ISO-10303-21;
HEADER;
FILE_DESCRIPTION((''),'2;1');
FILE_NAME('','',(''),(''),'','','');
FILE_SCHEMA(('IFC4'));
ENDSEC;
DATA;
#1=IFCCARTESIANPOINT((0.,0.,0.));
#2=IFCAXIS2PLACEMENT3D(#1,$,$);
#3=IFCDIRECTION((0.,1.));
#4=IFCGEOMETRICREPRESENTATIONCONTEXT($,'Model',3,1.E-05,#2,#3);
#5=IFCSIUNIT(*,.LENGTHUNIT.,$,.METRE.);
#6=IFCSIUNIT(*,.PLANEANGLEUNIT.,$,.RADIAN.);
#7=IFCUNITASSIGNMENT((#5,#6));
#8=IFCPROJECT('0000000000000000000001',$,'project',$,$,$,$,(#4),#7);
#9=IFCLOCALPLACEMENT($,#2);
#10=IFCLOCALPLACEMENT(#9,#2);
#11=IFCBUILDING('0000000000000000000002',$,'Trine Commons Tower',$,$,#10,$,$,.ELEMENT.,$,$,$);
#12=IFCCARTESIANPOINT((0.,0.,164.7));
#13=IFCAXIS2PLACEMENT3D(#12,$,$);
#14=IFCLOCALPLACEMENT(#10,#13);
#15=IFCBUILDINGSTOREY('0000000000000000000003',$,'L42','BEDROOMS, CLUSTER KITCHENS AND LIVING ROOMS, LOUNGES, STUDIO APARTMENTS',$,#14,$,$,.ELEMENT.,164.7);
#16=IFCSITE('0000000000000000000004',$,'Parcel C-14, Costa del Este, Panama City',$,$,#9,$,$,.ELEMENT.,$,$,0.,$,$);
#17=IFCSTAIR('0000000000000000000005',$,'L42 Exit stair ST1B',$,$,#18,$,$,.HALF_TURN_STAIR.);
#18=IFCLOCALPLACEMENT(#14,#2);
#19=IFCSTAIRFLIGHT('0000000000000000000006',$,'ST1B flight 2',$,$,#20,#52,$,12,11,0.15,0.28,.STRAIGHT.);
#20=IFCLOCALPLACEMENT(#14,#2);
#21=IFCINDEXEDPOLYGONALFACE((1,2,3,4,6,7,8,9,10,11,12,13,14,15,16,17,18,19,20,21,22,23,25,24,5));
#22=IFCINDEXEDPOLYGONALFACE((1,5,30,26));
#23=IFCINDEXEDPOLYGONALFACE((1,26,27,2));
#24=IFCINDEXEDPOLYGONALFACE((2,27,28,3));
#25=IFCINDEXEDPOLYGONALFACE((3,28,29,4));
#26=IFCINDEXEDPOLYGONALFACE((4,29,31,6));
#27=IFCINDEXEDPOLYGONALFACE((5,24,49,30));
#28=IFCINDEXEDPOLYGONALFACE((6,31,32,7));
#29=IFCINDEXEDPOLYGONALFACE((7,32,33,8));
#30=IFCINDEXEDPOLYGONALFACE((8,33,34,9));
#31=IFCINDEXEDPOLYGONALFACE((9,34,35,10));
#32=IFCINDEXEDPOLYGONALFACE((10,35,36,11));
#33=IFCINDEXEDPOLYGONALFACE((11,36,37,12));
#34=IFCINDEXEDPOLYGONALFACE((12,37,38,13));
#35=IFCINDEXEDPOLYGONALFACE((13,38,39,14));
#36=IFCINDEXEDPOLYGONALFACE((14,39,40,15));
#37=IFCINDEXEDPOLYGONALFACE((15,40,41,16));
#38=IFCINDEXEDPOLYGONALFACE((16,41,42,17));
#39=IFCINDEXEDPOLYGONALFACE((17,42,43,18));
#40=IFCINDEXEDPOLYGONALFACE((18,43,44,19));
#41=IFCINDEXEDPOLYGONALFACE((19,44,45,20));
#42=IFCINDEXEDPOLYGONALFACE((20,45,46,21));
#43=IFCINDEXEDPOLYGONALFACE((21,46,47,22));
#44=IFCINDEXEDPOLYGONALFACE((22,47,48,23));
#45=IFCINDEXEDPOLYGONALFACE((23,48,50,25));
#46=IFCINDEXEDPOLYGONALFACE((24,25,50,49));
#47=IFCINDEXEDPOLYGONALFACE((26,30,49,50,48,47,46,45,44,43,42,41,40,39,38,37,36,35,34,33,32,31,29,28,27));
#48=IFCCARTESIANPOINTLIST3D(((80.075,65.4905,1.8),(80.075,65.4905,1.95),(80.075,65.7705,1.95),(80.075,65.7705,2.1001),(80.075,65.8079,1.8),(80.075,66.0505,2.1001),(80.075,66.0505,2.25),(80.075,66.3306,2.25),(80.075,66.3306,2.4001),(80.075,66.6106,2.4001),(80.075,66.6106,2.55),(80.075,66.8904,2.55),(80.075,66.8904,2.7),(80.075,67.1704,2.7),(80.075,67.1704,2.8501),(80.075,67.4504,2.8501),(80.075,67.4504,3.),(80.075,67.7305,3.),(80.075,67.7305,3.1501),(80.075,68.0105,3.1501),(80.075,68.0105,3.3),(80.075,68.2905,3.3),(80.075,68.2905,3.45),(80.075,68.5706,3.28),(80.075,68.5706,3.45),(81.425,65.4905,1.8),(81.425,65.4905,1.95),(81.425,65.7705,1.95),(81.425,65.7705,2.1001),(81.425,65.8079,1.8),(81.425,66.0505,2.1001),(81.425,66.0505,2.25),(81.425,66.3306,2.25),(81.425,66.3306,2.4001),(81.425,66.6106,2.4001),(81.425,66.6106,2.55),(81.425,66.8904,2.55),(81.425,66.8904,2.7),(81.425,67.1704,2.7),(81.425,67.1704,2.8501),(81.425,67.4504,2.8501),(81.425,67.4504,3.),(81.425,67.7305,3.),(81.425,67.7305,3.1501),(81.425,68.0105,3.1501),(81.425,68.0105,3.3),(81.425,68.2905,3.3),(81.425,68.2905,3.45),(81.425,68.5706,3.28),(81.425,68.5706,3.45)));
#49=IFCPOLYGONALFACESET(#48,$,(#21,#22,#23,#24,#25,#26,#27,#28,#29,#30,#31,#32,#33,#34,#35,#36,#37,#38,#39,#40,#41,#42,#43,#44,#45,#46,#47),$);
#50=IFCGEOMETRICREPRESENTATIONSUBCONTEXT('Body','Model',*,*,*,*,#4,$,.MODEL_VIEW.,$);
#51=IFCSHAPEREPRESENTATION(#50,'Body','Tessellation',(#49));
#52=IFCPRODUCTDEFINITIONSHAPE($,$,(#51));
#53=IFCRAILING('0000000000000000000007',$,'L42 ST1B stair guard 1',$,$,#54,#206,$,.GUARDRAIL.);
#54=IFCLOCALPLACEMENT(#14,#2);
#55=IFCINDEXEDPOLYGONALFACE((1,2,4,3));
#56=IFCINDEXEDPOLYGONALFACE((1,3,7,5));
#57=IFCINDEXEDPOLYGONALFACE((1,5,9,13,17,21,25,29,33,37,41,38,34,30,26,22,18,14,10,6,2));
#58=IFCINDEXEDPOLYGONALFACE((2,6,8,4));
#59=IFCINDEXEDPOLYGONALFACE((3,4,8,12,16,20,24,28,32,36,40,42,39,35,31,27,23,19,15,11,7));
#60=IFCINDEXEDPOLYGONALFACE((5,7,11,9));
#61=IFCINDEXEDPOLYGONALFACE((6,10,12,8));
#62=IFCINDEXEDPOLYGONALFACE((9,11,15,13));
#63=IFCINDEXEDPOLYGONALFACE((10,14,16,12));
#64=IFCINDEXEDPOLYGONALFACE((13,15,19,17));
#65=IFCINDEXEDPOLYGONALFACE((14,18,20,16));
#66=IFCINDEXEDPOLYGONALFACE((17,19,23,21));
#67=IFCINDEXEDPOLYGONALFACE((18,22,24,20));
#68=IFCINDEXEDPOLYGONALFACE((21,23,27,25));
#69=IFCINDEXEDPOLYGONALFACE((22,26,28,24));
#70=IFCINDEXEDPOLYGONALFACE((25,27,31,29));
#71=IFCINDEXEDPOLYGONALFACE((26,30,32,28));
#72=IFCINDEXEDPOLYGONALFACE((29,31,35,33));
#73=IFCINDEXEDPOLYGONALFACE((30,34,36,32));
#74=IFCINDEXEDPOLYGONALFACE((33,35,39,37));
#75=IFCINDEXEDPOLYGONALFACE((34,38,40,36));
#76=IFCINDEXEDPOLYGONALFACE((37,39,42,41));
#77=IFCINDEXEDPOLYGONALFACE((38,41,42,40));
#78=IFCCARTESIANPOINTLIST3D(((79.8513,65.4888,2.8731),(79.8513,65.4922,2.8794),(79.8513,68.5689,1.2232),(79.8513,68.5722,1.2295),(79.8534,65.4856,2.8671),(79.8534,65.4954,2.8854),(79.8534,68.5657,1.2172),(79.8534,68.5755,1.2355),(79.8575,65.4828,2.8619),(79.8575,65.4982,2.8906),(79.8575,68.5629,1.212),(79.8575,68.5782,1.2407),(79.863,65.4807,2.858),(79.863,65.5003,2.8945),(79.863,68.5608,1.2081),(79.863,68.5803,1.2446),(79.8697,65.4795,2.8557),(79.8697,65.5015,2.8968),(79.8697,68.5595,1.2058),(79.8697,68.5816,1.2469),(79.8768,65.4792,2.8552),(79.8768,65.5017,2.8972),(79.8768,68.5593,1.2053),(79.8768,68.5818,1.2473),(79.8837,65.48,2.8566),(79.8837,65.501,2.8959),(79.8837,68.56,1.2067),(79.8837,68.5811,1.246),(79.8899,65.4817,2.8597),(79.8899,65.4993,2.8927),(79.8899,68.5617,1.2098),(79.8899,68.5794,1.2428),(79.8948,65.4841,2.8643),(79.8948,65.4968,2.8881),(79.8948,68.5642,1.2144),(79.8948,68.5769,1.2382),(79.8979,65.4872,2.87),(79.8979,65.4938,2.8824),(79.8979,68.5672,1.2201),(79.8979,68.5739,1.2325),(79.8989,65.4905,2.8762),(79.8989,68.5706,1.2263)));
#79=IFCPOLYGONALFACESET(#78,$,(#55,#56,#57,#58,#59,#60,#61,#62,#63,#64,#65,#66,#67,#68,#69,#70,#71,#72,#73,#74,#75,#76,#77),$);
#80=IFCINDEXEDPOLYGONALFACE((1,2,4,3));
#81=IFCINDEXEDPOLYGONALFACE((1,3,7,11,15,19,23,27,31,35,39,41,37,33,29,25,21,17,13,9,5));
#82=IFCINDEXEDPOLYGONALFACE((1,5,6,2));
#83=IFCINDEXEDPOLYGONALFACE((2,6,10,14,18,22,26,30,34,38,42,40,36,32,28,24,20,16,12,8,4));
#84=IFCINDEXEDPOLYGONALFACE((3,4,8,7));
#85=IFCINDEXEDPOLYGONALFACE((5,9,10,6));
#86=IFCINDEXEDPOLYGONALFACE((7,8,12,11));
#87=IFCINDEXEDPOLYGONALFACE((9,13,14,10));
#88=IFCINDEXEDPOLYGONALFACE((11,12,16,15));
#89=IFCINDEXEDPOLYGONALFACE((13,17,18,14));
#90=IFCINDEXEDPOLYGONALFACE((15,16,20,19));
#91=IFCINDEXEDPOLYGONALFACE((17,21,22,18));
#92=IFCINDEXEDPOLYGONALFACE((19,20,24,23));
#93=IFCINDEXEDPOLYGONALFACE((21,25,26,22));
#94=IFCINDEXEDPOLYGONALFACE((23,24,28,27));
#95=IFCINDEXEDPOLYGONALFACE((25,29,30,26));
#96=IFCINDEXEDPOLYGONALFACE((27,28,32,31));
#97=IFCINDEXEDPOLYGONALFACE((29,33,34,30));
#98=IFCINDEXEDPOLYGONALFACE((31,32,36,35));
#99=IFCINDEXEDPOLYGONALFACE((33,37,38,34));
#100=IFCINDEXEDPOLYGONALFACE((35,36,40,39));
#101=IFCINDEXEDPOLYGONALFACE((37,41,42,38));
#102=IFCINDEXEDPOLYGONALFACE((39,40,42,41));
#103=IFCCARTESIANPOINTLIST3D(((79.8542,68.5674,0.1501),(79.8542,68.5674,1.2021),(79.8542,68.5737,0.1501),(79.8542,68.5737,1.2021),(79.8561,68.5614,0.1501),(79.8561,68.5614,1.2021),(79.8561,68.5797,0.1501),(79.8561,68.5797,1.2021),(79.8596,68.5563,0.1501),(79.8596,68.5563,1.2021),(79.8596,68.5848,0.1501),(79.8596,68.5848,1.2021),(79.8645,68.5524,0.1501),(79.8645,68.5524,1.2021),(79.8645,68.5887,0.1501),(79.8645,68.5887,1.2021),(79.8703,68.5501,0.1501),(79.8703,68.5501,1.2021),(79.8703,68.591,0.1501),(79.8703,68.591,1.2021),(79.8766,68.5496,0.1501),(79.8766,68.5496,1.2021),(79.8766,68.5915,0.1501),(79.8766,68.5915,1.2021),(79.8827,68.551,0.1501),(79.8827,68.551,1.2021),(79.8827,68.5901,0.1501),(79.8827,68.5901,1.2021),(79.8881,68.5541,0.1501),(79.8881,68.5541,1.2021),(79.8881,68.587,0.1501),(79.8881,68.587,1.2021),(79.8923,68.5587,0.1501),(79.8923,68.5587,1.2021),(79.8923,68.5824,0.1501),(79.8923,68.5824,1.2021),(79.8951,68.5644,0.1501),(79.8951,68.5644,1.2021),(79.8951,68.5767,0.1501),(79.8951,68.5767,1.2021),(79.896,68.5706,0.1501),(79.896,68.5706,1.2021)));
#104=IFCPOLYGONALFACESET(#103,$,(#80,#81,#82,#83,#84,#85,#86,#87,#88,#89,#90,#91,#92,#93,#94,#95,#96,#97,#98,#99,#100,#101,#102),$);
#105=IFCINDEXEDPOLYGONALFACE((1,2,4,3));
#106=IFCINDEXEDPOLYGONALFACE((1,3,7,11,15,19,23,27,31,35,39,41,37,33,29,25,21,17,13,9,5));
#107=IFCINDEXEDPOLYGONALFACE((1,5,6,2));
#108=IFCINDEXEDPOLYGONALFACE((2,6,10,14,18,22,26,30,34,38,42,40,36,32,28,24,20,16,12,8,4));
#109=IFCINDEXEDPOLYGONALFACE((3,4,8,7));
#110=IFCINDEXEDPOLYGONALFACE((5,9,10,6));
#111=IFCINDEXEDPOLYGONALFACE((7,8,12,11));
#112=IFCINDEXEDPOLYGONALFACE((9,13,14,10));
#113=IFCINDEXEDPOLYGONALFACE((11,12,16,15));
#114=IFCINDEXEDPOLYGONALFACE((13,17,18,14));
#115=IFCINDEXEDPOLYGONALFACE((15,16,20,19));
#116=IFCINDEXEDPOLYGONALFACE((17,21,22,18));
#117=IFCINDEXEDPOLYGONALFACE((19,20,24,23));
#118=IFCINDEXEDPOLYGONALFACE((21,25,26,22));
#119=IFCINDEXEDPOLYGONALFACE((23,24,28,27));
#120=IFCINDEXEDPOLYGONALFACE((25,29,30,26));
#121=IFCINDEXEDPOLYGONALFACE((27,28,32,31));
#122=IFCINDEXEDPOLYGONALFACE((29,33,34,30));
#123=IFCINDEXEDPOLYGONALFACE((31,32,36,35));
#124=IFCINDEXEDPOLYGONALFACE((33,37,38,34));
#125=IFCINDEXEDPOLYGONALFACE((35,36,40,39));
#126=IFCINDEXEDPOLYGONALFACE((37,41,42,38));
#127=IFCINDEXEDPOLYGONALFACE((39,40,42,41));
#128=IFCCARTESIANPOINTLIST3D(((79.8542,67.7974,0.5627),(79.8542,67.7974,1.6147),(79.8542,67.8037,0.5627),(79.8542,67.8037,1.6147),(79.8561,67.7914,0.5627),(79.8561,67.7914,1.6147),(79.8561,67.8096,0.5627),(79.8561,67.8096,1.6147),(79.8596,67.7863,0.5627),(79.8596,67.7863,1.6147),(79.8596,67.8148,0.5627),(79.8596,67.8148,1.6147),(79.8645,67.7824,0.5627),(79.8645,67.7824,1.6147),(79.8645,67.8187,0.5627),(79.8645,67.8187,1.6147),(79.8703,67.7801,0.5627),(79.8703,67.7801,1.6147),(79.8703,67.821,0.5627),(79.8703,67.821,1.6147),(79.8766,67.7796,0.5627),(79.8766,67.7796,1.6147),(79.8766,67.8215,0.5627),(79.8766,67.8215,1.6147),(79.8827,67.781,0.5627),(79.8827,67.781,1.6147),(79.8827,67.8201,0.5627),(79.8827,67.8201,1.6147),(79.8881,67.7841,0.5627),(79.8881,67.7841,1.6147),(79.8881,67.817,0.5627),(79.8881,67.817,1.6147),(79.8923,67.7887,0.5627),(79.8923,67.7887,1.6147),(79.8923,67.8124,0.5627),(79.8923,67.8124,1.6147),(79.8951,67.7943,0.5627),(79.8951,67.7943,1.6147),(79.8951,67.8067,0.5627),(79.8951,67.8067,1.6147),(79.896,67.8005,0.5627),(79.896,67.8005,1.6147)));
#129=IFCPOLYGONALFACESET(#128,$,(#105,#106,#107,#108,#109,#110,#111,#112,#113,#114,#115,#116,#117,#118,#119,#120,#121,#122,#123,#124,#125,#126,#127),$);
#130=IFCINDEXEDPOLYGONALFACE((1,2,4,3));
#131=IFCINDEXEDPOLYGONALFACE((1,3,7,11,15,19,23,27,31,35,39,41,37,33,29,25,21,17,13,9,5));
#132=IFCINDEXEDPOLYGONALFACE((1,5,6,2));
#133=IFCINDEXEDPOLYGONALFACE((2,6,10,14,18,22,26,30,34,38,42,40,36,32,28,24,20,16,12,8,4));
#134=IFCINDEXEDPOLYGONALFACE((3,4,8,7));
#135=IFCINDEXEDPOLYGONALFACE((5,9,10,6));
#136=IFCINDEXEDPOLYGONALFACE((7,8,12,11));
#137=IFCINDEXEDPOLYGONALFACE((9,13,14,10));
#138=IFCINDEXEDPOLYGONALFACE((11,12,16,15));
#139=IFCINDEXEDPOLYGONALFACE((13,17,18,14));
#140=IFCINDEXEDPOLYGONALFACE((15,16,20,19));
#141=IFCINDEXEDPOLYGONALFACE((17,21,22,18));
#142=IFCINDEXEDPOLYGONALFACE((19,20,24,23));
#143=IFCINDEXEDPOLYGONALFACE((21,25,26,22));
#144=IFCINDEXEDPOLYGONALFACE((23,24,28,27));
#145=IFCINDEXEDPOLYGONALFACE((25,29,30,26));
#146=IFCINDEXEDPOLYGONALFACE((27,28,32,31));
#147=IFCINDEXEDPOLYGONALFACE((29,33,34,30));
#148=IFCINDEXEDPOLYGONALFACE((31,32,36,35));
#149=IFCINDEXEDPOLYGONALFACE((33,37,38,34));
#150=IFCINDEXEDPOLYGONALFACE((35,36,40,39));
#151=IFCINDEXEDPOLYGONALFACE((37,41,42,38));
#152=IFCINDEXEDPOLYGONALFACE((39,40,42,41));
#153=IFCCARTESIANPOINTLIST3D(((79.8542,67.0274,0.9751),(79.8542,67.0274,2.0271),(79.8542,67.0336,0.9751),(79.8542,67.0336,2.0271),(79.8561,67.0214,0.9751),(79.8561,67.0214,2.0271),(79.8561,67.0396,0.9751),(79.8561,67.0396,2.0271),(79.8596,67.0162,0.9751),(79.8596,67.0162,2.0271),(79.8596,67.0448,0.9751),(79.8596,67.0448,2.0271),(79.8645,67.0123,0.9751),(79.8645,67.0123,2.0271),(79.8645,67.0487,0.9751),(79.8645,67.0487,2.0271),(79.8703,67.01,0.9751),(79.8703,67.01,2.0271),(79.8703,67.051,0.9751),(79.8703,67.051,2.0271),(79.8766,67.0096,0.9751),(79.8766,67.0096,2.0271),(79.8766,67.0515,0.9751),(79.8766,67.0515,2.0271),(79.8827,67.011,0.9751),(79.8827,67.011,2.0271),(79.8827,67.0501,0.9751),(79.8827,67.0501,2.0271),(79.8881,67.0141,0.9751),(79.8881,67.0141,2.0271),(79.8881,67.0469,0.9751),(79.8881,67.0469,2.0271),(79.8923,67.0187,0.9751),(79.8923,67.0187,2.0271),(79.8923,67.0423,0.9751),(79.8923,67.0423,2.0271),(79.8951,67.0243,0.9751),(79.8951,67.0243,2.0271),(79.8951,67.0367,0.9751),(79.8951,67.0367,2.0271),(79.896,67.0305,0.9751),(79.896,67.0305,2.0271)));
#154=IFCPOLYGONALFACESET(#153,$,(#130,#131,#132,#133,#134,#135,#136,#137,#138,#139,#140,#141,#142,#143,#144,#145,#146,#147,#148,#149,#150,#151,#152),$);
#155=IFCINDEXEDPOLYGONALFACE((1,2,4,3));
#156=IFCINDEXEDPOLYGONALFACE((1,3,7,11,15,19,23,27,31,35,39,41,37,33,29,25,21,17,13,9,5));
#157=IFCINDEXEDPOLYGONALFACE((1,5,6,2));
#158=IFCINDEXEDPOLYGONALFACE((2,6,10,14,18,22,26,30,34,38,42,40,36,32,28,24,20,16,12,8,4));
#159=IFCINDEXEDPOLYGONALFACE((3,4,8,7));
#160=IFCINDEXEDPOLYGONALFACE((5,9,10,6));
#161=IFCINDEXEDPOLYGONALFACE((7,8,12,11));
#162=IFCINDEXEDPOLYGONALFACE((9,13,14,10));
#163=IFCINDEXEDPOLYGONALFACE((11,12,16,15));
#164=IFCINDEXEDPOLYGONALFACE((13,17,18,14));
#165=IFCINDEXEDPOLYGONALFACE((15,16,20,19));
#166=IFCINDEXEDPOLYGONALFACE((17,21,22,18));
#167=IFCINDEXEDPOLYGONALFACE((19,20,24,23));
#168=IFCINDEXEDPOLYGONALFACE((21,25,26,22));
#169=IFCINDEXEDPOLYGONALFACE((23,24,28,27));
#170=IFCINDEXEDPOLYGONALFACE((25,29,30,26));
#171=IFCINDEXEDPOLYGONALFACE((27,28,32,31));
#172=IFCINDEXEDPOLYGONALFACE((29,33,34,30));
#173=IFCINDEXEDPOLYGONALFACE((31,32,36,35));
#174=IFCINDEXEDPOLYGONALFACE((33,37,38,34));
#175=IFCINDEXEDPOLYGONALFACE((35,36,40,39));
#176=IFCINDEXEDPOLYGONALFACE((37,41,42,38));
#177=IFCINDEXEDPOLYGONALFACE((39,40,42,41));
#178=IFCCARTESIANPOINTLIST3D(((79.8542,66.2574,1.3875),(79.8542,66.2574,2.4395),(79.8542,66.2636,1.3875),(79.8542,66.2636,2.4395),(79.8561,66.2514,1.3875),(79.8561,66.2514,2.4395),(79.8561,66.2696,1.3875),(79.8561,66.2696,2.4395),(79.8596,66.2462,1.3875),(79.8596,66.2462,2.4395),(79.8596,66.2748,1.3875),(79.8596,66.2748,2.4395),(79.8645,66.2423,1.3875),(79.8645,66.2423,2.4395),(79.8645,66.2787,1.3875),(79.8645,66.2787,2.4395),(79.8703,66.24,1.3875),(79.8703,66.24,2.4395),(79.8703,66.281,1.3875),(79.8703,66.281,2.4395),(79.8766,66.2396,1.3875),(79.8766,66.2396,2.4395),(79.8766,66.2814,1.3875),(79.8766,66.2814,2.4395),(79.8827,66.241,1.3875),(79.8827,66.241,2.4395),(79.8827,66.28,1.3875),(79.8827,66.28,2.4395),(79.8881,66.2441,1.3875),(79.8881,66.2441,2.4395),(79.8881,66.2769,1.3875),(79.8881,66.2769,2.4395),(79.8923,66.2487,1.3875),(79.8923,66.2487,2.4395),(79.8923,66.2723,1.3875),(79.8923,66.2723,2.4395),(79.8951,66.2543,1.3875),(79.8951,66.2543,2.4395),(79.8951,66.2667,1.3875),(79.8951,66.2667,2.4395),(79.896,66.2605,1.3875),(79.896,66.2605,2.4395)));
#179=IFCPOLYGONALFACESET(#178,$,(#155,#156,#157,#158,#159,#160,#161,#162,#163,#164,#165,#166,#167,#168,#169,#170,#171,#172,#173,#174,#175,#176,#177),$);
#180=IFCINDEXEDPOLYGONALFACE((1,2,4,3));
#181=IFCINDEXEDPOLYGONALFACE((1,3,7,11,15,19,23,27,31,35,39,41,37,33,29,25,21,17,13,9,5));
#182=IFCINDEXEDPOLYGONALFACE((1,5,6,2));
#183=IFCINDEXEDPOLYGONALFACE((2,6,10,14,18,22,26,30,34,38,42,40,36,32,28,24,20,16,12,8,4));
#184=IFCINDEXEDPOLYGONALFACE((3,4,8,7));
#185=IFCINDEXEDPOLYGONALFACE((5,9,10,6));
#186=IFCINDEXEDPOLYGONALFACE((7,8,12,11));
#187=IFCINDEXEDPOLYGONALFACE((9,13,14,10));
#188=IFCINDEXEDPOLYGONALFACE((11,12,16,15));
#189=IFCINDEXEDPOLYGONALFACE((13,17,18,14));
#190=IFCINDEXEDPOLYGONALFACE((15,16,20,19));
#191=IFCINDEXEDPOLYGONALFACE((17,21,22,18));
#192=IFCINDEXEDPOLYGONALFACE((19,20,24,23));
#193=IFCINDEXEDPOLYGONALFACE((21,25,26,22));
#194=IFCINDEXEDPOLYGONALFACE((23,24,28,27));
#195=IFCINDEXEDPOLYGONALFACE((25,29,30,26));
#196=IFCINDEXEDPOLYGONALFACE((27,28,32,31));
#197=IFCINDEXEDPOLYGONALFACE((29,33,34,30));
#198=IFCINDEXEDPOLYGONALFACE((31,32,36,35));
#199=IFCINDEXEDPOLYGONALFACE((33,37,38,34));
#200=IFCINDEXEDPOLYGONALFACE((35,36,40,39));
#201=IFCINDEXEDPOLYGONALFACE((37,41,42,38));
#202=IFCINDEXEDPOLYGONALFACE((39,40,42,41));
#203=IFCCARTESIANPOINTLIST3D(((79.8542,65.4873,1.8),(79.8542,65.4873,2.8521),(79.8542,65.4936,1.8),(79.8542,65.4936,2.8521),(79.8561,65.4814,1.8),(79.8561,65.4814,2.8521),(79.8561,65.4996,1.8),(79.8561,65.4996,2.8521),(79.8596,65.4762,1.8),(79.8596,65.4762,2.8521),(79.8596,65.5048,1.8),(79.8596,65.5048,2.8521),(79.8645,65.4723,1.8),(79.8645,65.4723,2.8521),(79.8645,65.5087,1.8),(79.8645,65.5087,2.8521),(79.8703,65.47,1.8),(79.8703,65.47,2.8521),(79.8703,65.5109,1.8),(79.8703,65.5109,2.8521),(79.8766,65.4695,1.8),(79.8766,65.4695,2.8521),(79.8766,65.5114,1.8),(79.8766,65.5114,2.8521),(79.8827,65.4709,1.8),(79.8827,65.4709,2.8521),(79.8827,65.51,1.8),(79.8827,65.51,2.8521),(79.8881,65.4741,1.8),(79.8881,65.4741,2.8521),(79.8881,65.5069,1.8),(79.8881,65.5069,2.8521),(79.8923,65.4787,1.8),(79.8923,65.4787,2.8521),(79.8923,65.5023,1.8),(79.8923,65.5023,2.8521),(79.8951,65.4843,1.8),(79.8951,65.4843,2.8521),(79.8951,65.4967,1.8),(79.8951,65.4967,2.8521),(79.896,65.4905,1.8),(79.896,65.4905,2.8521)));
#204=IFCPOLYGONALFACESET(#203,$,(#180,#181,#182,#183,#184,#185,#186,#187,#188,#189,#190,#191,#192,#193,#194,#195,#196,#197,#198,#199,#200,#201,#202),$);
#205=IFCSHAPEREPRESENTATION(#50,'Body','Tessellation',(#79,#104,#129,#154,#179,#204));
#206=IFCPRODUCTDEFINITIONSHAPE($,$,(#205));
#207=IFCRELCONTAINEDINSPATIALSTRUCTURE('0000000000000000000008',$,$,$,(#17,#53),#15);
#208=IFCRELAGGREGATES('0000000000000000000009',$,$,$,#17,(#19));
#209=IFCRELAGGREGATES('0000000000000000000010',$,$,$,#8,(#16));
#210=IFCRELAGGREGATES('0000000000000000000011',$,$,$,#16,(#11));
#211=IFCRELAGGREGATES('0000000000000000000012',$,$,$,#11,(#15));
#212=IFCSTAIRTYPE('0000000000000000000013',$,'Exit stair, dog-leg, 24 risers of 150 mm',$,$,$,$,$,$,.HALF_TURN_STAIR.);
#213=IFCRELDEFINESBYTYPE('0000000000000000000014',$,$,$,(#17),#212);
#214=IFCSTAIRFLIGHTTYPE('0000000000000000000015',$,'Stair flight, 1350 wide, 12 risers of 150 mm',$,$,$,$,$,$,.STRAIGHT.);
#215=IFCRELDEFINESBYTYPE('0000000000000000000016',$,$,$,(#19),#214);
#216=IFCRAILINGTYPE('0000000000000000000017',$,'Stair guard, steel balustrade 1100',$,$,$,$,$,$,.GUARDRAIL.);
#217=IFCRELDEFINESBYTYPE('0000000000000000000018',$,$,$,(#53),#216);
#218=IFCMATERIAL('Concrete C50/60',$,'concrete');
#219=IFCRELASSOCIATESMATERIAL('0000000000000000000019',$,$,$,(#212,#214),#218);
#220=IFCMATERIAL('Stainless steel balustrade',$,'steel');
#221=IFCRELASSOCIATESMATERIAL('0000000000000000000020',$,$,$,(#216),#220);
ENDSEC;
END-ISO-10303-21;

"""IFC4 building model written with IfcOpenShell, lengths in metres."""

from ifc_helpers import new_model, si_unit, direction, frame, origin, origin_2d, place, context, subcontext, project, spatial, polyline, circle, outline, extrude, material, type_object, element, aggregate, save


model = new_model("IFC4")

# Units and contexts
model_context = context("Model", 3, precision=1e-05, world=origin(), true_north=direction((0.0, 1.0)))
body_context = subcontext(model_context, "Body", "Model", "MODEL_VIEW")
ifc_project = project(units=[si_unit("LENGTHUNIT", "METRE"), si_unit("PLANEANGLEUNIT", "RADIAN")], contexts=[model_context])

# Site, building, storey
site_placement = place(None, origin())
site = spatial("IfcSite", under=ifc_project, at=site_placement, Name="Parcel C-14, Costa del Este, Panama City", CompositionType="ELEMENT", RefElevation=0.0)
building_placement = place(site_placement, origin())
building = spatial("IfcBuilding", under=site, at=building_placement, Name="Trine Commons Tower", CompositionType="ELEMENT")
storey_placement = place(building_placement, frame((0.0, 0.0, 164.7)))
storey = spatial("IfcBuildingStorey", under=building, at=storey_placement, Name="L42", Description="BEDROOMS, CLUSTER KITCHENS AND LIVING ROOMS, LOUNGES, STUDIO APARTMENTS", CompositionType="ELEMENT", Elevation=164.7)

# Stair, stair flight
ifc_material_1 = material(Name="Concrete C50/60", Category="concrete")
stair_type = type_object("IfcStairType", Name="Exit stair, dog-leg, 24 risers of 150 mm", PredefinedType="HALF_TURN_STAIR", material=ifc_material_1)
stair_placement = place(storey_placement, origin())
stair = element("IfcStair", 1, at=stair_placement, inside=storey, type_object=stair_type, Name="L42 Exit stair ST1B", PredefinedType="HALF_TURN_STAIR")
stair_flight_type = type_object("IfcStairFlightType", Name="Stair flight, 1350 wide, 12 risers of 150 mm", PredefinedType="STRAIGHT", material=ifc_material_1)
stair_flight_placement = place(storey_placement, frame((80.75, 65.4905, 1.8), z_axis=(0.0, 0.0, 1.0), x_axis=(0.0, 1.0, 0.0)))
stair_flight = element("IfcStairFlight", 2, at=stair_flight_placement, type_object=stair_flight_type, Name="ST1B flight 2", NumberOfRisers=12, NumberOfTreads=11, PredefinedType="STRAIGHT", RiserHeight=0.15, TreadLength=0.28, context=body_context, shape_type="SweptSolid", body=[
    extrude(outline(polyline([(0.0, 0.0), (0.0, 0.1499), (0.28, 0.1499), (0.28, 0.3), (0.5601, 0.3), (0.5601, 0.45), (0.8401, 0.45), (0.8401, 0.6001), (1.1201, 0.6001), (1.1201, 0.75), (1.3999, 0.75), (1.3999, 0.8999), (1.6799, 0.8999), (1.6799, 1.05), (1.96, 1.05), (1.96, 1.2), (2.24, 1.2), (2.24, 1.3501), (2.52, 1.3501), (2.52, 1.5), (2.8, 1.5), (2.8, 1.6499), (3.0801, 1.6499), (3.0801, 1.8), (3.0801, 1.48), (0.3174, 0.0), (0.0, 0.0)])), frame((0.0, 0.675, 0.0), z_axis=(0.0, -1.0, 0.0), x_axis=(1.0, 0.0, 0.0)), (0.0, 0.0, 1.0), 1.3501),
])
aggregate(stair, [stair_flight])

# Railing
ifc_material_2 = material(Name="Stainless steel balustrade", Category="steel")
railing_type_1 = type_object("IfcRailingType", Name="Stair guard, steel balustrade 1100", PredefinedType="GUARDRAIL", material=ifc_material_2)
railing_1_placement = place(storey_placement, frame((79.875, 68.5706, 0.1501)))
element("IfcRailing", 3, at=railing_1_placement, inside=storey, type_object=railing_type_1, Name="L42 ST1B stair guard 1", PredefinedType="GUARDRAIL", context=body_context, shape_type="SweptSolid", body=[
    extrude(circle(Radius=0.0239, at=origin_2d()), frame((0.0, 0.0, 1.0762), z_axis=(0.0, -0.881497, 0.47219), x_axis=(1.0, 0.0, 0.0)), (0.0, 0.0, 1.0), 3.4941),
    extrude(circle(Radius=0.021, at=origin_2d()), origin(), (0.0, 0.0, 1.0), 1.052),
    extrude(circle(Radius=0.021, at=origin_2d()), frame((0.0, -0.77, 0.4126)), (0.0, 0.0, 1.0), 1.052),
    extrude(circle(Radius=0.021, at=origin_2d()), frame((0.0, -1.54, 0.825)), (0.0, 0.0, 1.0), 1.052),
    extrude(circle(Radius=0.021, at=origin_2d()), frame((0.0, -2.3101, 1.2373)), (0.0, 0.0, 1.0), 1.052),
    extrude(circle(Radius=0.021, at=origin_2d()), frame((0.0, -3.0801, 1.6499)), (0.0, 0.0, 1.0), 1.052),
])

save(model, "model.ifc")
